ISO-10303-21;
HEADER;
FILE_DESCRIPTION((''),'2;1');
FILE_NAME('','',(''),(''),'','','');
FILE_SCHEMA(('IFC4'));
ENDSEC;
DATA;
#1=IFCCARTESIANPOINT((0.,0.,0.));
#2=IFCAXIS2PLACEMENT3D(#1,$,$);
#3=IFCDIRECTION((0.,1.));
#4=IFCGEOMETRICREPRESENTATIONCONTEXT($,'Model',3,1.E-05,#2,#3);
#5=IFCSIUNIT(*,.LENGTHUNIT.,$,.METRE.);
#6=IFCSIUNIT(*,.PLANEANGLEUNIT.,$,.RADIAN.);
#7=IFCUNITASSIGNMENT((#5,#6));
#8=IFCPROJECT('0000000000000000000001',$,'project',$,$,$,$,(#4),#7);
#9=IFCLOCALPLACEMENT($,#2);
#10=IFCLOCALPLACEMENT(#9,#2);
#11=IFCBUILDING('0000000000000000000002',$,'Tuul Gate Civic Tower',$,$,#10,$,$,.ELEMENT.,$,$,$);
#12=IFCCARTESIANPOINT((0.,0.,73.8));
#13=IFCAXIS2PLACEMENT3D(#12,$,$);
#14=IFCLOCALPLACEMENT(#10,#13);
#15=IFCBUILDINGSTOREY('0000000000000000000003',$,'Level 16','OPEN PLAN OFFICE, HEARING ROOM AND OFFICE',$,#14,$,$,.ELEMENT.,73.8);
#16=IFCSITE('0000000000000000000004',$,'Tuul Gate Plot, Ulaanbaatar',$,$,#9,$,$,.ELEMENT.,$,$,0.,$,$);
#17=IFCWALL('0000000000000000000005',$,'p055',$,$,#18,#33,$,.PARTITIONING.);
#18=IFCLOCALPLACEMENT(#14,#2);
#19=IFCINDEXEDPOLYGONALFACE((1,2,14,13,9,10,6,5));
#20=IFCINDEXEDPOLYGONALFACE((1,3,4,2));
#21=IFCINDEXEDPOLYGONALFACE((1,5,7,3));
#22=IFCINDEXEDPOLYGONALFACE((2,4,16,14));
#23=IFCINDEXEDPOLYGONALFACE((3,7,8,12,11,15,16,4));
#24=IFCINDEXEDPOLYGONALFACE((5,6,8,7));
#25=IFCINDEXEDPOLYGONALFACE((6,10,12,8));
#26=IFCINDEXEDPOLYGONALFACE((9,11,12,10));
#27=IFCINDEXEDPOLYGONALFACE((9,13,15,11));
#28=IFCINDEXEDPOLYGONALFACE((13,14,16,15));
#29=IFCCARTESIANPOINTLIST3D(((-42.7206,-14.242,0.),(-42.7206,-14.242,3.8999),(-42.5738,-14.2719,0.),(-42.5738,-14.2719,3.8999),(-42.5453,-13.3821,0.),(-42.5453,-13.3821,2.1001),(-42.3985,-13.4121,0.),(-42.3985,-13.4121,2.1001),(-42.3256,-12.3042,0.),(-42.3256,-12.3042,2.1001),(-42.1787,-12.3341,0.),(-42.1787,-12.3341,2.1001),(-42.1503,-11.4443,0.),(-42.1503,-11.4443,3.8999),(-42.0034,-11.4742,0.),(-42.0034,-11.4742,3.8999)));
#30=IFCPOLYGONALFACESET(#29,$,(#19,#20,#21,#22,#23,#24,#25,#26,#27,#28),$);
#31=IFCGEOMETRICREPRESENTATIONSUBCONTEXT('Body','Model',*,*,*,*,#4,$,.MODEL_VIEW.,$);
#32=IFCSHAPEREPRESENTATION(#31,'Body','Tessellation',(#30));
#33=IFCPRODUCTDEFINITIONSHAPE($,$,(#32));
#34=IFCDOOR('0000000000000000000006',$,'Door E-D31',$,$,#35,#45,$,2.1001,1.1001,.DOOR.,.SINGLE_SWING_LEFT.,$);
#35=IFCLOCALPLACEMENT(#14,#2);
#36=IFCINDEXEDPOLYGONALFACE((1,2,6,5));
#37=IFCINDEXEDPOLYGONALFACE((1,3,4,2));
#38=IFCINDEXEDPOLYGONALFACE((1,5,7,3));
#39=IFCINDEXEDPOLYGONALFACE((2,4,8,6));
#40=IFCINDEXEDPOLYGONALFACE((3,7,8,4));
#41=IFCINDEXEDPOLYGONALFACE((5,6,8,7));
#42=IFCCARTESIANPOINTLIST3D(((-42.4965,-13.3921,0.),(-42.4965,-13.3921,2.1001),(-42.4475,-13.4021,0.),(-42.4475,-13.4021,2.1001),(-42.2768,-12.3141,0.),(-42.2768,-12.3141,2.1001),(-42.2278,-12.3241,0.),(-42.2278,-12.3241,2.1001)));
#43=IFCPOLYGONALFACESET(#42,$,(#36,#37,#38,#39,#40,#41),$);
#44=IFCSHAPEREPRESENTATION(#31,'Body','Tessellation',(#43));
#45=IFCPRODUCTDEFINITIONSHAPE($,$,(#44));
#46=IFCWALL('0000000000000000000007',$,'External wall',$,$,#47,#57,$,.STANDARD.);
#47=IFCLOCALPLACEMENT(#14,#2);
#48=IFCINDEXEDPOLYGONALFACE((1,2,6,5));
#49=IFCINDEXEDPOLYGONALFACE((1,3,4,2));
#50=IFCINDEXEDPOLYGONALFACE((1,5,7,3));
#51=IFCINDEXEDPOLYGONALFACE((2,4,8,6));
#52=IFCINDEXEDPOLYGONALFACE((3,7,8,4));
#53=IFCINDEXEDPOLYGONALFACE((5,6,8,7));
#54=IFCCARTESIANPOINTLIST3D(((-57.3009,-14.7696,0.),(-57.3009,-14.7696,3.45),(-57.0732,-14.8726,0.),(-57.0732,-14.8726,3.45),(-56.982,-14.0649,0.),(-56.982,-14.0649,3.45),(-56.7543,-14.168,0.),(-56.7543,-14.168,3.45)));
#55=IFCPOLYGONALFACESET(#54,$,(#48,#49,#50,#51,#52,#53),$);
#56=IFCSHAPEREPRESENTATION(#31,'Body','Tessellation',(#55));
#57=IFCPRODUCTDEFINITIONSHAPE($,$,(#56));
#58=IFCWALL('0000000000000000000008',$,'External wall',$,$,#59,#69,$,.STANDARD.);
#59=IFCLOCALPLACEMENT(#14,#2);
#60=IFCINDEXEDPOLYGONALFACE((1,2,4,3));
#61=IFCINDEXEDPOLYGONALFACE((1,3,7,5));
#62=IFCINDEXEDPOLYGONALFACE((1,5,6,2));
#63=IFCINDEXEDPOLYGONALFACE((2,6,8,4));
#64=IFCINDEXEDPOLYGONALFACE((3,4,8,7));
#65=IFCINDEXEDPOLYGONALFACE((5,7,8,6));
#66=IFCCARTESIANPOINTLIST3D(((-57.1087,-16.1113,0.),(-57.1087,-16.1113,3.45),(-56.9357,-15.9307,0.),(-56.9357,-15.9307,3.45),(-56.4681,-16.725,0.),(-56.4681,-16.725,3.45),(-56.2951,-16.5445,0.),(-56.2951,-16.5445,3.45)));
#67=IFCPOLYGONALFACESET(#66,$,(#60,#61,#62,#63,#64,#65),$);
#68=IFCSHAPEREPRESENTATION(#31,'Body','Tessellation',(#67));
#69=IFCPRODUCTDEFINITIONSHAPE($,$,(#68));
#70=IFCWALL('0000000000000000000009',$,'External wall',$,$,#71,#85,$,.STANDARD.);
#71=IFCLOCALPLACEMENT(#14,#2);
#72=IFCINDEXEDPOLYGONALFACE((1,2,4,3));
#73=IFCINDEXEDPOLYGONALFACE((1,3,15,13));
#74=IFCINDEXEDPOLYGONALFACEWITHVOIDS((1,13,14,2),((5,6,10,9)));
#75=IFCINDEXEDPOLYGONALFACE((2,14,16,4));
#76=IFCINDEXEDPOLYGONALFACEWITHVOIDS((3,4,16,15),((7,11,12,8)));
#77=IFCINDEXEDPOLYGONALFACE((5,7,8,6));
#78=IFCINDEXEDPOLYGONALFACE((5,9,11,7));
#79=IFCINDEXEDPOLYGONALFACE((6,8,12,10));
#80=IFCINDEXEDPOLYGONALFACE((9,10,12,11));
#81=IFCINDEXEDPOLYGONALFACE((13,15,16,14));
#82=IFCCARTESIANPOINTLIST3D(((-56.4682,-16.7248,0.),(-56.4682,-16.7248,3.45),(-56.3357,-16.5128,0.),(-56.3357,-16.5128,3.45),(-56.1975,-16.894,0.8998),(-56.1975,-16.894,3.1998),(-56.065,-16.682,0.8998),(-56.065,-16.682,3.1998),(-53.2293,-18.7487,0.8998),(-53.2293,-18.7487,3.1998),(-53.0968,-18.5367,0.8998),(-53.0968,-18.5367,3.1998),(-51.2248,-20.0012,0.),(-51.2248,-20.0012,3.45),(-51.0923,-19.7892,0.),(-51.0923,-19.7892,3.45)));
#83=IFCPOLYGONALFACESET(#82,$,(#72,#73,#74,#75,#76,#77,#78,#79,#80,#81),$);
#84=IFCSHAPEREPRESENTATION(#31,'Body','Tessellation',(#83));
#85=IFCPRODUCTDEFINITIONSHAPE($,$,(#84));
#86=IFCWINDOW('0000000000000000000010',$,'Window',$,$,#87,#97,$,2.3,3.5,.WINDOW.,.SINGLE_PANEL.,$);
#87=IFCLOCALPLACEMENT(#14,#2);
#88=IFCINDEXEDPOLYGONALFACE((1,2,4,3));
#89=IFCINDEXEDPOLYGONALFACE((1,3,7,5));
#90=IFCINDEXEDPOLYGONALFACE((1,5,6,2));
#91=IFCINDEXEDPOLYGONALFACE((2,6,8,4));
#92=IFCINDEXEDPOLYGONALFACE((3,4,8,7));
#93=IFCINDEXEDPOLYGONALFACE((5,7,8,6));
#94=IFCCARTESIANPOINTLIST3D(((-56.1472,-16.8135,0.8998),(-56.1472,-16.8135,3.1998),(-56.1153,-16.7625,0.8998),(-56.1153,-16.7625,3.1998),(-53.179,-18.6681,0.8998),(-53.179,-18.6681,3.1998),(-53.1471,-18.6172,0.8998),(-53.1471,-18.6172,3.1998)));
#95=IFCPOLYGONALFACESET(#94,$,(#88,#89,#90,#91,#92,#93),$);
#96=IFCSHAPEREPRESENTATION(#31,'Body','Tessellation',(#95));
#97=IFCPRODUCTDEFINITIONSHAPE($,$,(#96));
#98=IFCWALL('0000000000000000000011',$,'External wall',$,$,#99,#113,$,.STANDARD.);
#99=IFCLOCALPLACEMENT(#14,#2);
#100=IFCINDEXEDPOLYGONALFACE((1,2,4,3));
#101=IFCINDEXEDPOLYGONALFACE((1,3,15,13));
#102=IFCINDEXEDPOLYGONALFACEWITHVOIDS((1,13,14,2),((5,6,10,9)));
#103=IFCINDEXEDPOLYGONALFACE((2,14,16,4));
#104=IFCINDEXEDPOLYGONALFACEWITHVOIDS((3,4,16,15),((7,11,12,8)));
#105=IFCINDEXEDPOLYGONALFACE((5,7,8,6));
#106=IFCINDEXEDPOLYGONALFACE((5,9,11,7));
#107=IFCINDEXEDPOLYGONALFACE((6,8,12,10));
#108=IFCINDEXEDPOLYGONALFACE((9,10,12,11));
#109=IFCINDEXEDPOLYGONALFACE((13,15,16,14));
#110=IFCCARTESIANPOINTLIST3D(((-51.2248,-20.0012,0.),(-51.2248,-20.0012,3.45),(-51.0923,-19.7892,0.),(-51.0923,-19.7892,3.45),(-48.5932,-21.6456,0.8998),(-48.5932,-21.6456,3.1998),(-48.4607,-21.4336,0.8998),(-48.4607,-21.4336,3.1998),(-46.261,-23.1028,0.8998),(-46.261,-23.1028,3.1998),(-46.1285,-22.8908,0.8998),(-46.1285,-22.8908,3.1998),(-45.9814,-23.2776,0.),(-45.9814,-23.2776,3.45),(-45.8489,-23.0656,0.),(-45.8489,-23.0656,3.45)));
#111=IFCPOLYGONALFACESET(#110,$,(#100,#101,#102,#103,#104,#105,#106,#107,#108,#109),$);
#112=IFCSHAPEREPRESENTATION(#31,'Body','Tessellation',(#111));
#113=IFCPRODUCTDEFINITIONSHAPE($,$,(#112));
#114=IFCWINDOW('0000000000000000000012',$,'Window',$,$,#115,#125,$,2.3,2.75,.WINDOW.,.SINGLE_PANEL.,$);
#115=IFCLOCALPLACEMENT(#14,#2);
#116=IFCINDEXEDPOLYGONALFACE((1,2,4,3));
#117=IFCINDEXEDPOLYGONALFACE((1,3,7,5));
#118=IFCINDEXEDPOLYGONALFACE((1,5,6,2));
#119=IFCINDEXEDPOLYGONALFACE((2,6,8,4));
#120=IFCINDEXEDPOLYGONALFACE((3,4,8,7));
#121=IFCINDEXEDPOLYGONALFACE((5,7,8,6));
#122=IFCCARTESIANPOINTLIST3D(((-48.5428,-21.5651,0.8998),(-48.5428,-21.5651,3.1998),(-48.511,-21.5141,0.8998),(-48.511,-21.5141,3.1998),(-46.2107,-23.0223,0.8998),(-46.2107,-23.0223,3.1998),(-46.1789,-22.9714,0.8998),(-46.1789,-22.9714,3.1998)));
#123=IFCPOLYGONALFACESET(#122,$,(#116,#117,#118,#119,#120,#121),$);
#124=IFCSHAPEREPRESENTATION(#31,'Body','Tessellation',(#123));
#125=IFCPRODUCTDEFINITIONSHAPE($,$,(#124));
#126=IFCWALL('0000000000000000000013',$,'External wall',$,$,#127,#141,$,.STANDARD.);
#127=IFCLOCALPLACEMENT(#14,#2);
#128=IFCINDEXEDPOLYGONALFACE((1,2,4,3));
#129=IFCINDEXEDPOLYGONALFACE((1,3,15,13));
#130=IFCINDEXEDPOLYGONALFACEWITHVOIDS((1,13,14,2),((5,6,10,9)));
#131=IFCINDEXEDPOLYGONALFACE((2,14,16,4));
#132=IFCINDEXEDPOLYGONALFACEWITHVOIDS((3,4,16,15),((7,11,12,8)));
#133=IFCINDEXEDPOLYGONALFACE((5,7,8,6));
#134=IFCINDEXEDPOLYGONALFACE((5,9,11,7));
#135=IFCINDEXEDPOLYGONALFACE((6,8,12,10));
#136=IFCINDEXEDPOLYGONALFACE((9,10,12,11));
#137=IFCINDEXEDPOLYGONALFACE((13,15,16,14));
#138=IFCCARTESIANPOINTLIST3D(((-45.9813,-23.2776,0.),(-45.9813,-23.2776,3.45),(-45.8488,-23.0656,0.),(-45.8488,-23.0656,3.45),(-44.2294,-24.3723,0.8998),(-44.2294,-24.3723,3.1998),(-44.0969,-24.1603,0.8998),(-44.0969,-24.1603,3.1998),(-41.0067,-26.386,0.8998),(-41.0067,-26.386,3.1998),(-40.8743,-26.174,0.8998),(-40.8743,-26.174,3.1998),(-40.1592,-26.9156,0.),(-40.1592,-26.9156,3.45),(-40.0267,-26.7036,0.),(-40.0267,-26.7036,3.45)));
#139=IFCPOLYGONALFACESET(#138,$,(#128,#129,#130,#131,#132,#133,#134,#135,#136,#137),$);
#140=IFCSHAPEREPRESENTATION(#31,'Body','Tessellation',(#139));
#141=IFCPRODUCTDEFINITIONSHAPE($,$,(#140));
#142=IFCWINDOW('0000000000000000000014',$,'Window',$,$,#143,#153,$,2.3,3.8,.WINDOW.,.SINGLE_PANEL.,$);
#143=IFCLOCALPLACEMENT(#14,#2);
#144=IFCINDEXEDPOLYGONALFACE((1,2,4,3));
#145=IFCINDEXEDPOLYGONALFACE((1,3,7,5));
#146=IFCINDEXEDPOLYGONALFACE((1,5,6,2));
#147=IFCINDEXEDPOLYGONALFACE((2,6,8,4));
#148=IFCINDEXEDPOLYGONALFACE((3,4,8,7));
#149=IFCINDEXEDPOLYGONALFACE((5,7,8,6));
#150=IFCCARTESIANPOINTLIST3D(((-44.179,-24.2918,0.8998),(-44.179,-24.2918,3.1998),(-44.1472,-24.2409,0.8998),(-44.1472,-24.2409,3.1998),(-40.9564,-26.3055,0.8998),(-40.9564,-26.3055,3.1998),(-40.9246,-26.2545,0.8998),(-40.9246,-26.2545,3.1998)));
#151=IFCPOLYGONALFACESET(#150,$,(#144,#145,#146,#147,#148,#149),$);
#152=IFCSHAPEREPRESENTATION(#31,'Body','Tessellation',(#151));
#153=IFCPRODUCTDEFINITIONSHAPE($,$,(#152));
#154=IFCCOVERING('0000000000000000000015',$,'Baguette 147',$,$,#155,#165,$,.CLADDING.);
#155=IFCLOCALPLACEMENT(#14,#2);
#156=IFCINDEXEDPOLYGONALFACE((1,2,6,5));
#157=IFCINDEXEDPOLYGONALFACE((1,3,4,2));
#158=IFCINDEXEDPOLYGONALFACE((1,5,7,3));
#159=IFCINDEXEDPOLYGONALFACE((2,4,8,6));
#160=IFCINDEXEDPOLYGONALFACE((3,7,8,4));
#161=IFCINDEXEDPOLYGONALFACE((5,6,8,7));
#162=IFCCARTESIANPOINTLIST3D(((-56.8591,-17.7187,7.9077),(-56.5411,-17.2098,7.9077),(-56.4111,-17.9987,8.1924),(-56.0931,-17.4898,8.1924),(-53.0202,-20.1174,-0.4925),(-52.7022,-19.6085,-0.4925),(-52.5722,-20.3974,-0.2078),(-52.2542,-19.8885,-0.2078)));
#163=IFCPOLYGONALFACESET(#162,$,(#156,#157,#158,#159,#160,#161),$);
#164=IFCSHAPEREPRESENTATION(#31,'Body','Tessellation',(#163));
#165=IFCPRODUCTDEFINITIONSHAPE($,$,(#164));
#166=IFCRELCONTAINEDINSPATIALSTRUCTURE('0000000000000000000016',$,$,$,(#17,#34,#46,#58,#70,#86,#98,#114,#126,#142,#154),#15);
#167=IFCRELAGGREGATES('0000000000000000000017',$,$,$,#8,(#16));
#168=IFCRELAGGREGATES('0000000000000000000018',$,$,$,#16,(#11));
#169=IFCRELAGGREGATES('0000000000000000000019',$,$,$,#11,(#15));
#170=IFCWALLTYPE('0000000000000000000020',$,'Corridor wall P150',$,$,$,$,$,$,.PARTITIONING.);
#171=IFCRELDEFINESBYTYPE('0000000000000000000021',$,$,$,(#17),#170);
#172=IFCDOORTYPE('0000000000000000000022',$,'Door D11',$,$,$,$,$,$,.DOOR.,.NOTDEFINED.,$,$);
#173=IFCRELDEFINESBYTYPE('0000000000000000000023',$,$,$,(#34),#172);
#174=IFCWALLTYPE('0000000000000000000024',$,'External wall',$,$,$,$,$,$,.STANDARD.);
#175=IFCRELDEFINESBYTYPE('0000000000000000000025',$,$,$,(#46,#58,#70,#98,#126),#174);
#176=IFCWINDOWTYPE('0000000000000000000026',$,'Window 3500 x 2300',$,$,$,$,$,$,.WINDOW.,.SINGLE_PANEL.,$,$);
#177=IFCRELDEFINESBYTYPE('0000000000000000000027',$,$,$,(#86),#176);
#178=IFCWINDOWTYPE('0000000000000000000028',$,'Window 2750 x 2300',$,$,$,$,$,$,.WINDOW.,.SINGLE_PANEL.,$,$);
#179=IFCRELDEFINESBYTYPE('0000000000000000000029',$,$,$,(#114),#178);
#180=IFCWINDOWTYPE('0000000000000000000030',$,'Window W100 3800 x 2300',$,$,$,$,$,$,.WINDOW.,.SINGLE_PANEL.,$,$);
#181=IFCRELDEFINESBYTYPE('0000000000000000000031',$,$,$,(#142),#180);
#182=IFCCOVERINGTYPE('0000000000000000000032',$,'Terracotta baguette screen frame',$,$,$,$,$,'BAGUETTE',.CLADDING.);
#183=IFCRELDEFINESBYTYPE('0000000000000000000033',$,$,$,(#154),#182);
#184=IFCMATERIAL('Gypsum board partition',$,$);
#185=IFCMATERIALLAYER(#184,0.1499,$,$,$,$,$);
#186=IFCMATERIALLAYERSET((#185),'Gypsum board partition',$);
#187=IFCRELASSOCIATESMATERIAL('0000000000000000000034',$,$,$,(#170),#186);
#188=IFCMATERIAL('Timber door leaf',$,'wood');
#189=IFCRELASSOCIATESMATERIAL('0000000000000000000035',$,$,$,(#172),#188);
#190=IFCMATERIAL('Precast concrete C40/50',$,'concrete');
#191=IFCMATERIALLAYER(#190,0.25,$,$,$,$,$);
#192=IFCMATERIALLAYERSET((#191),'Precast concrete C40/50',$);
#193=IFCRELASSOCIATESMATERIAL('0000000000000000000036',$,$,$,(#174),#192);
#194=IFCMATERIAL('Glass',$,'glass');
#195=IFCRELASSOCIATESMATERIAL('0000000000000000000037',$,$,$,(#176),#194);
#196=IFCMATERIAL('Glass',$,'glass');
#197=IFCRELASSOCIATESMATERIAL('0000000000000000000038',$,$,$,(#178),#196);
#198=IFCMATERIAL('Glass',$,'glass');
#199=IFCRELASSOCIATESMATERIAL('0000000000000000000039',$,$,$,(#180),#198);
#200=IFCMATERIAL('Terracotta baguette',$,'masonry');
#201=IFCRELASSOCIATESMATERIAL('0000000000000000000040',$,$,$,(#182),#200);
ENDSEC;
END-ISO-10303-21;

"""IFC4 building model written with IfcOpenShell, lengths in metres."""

from ifc_helpers import new_model, si_unit, direction, frame, frame_2d, origin, origin_2d, place, context, subcontext, project, spatial, rectangle, extrude, material, layer, layer_set, material_profile, profile_set, type_object, element, fill, save


model = new_model("IFC4")

# Units and contexts
model_context = context("Model", 3, precision=1e-05, world=origin(), true_north=direction((0.0, 1.0)))
body_context = subcontext(model_context, "Body", "Model", "MODEL_VIEW")
ifc_project = project(units=[si_unit("LENGTHUNIT", "METRE"), si_unit("PLANEANGLEUNIT", "RADIAN")], contexts=[model_context])

# Site, building, storey
site_placement = place(None, origin())
site = spatial("IfcSite", under=ifc_project, at=site_placement, Name="Tuul Gate Plot, Ulaanbaatar", CompositionType="ELEMENT", RefElevation=0.0)
building_placement = place(site_placement, origin())
building = spatial("IfcBuilding", under=site, at=building_placement, Name="Tuul Gate Civic Tower", CompositionType="ELEMENT")
storey_placement = place(building_placement, frame((0.0, 0.0, 73.8)))
storey = spatial("IfcBuildingStorey", under=building, at=storey_placement, Name="Level 16", Description="OPEN PLAN OFFICE, HEARING ROOM AND OFFICE", CompositionType="ELEMENT", Elevation=73.8)

# Shared definitions
ifc_material_1 = material(Name="Gypsum board partition")
ifc_layer_1 = layer(ifc_material_1, 0.1499)
ifc_layer_set_1 = layer_set([ifc_layer_1], Name="Gypsum board partition")
wall_type_1 = type_object("IfcWallType", Name="Corridor wall P150", PredefinedType="PARTITIONING", material=ifc_layer_set_1)

# Wall, opening, door
wall_1_placement = place(storey_placement, frame((-42.6472, -14.2571, 0.0), z_axis=(0.0, 0.0, 1.0), x_axis=(0.199749, 0.979847, 0.0)))
wall_1 = element("IfcWall", 1, at=wall_1_placement, inside=storey, type_object=wall_type_1, Name="p055", PredefinedType="PARTITIONING", context=body_context, shape_type="SweptSolid", body=[
    extrude(rectangle(XDim=2.8552, YDim=0.1499, at=frame_2d((1.4277, 0.0))), origin(), (0.0, 0.0, 1.0), 3.8999),
])
opening_1_placement = place(wall_1_placement, frame((0.8777, 0.0, 0.0)))
opening_1 = element("IfcOpeningElement", 2, at=opening_1_placement, cuts=wall_1, PredefinedType="OPENING", context=body_context, shape_type="SweptSolid", body=[
    extrude(rectangle(XDim=1.1001, YDim=2.1001, at=frame_2d((0.55, 1.05))), frame((0.0, 0.085, 0.0), z_axis=(0.0, -1.0, 0.0), x_axis=(1.0, 0.0, 0.0)), (0.0, 0.0, 1.0), 0.1699),
])
ifc_material_2 = material(Name="Timber door leaf", Category="wood")
door_type = type_object("IfcDoorType", Name="Door D11", OperationType="NOTDEFINED", PredefinedType="DOOR", material=ifc_material_2)
door_placement = place(opening_1_placement, frame((1.1001, 0.0, 0.0), z_axis=(0.0, 0.0, 1.0), x_axis=(-1.0, 0.0, 0.0)))
door = element("IfcDoor", 3, at=door_placement, inside=storey, type_object=door_type, Name="Door E-D31", OperationType="SINGLE_SWING_LEFT", OverallHeight=2.1001, OverallWidth=1.1001, PredefinedType="DOOR", context=body_context, shape_type="SweptSolid", body=[
    extrude(rectangle(XDim=1.1001, YDim=2.1001, at=frame_2d((0.55, 1.05))), frame((0.0, 0.0249, 0.0), z_axis=(0.0, -1.0, 0.0), x_axis=(1.0, 0.0, 0.0)), (0.0, 0.0, 1.0), 0.05),
])
fill(opening_1, door)

# Walls
ifc_material_3 = material(Name="Precast concrete C40/50", Category="concrete")
ifc_layer_2 = layer(ifc_material_3, 0.25)
ifc_layer_set_2 = layer_set([ifc_layer_2], Name="Precast concrete C40/50")
wall_type_2 = type_object("IfcWallType", Name="External wall", PredefinedType="STANDARD", material=ifc_layer_set_2)
wall_2_placement = place(storey_placement, frame((-56.8682, -14.1165, 0.0), z_axis=(0.0, 0.0, 1.0), x_axis=(-0.41228, -0.911057, 0.0)))
element("IfcWall", 4, at=wall_2_placement, inside=storey, type_object=wall_type_2, Name="External wall", PredefinedType="STANDARD", context=body_context, shape_type="SweptSolid", body=[
    extrude(rectangle(XDim=0.7734, YDim=0.25, at=frame_2d((0.3867, 0.0))), origin(), (0.0, 0.0, 1.0), 3.45),
])
wall_3_placement = place(storey_placement, frame((-57.0222, -16.021, 0.0), z_axis=(0.0, 0.0, 1.0), x_axis=(0.72208, -0.69181, 0.0)))
element("IfcWall", 5, at=wall_3_placement, inside=storey, type_object=wall_type_2, Name="External wall", PredefinedType="STANDARD", context=body_context, shape_type="SweptSolid", body=[
    extrude(rectangle(XDim=0.8872, YDim=0.25, at=frame_2d((0.4436, 0.0))), origin(), (0.0, 0.0, 1.0), 3.45),
])

# Walls, openings, windows
wall_4_placement = place(storey_placement, frame((-56.4019, -16.6189, 0.0), z_axis=(0.0, 0.0, 1.0), x_axis=(0.848054, -0.52991, 0.0)))
wall_4 = element("IfcWall", 6, at=wall_4_placement, inside=storey, type_object=wall_type_2, Name="External wall", PredefinedType="STANDARD", context=body_context, shape_type="SweptSolid", body=[
    extrude(rectangle(XDim=6.1829, YDim=0.25, at=frame_2d((3.0913, 0.0))), origin(), (0.0, 0.0, 1.0), 3.45),
])
opening_2_placement = place(wall_4_placement, frame((0.3191, 0.0, 0.8999)))
opening_2 = element("IfcOpeningElement", 7, at=opening_2_placement, cuts=wall_4, PredefinedType="OPENING", context=body_context, shape_type="SweptSolid", body=[
    extrude(rectangle(XDim=3.5, YDim=2.3, at=frame_2d((1.75, 1.1499))), frame((0.0, 0.135, 0.0), z_axis=(0.0, -1.0, 0.0), x_axis=(1.0, 0.0, 0.0)), (0.0, 0.0, 1.0), 0.27),
])
ifc_material_4 = material(Name="Glass", Category="glass")
window_type_1 = type_object("IfcWindowType", Name="Window 3500 x 2300", PartitioningType="SINGLE_PANEL", PredefinedType="WINDOW", material=ifc_material_4)
window_1_placement = place(opening_2_placement, origin())
window_1 = element("IfcWindow", 8, at=window_1_placement, inside=storey, type_object=window_type_1, Name="Window", OverallHeight=2.3, OverallWidth=3.5, PartitioningType="SINGLE_PANEL", PredefinedType="WINDOW", context=body_context, shape_type="SweptSolid", body=[
    extrude(rectangle(XDim=3.5, YDim=2.3, at=frame_2d((1.75, 1.1499))), frame((0.0, 0.03, 0.0), z_axis=(0.0, -1.0, 0.0), x_axis=(1.0, 0.0, 0.0)), (0.0, 0.0, 1.0), 0.0601),
])
fill(opening_2, window_1)
wall_5_placement = place(storey_placement, frame((-51.1584, -19.8953, 0.0), z_axis=(0.0, 0.0, 1.0), x_axis=(0.848054, -0.52991, 0.0)))
wall_5 = element("IfcWall", 9, at=wall_5_placement, inside=storey, type_object=wall_type_2, Name="External wall", PredefinedType="STANDARD", context=body_context, shape_type="SweptSolid", body=[
    extrude(rectangle(XDim=6.1829, YDim=0.25, at=frame_2d((3.0913, 0.0))), origin(), (0.0, 0.0, 1.0), 3.45),
])
opening_3_placement = place(wall_5_placement, frame((3.103, 0.0, 0.8999)))
opening_3 = element("IfcOpeningElement", 10, at=opening_3_placement, cuts=wall_5, PredefinedType="OPENING", context=body_context, shape_type="SweptSolid", body=[
    extrude(rectangle(XDim=2.75, YDim=2.3, at=frame_2d((1.375, 1.1499))), frame((0.0, 0.135, 0.0), z_axis=(0.0, -1.0, 0.0), x_axis=(1.0, 0.0, 0.0)), (0.0, 0.0, 1.0), 0.27),
])
ifc_material_5 = material(Name="Glass", Category="glass")
window_type_2 = type_object("IfcWindowType", Name="Window 2750 x 2300", PartitioningType="SINGLE_PANEL", PredefinedType="WINDOW", material=ifc_material_5)
window_2_placement = place(opening_3_placement, origin())
window_2 = element("IfcWindow", 11, at=window_2_placement, inside=storey, type_object=window_type_2, Name="Window", OverallHeight=2.3, OverallWidth=2.75, PartitioningType="SINGLE_PANEL", PredefinedType="WINDOW", context=body_context, shape_type="SweptSolid", body=[
    extrude(rectangle(XDim=2.75, YDim=2.3, at=frame_2d((1.375, 1.1499))), frame((0.0, 0.03, 0.0), z_axis=(0.0, -1.0, 0.0), x_axis=(1.0, 0.0, 0.0)), (0.0, 0.0, 1.0), 0.0601),
])
fill(opening_3, window_2)
wall_6_placement = place(storey_placement, frame((-45.915, -23.1716, 0.0), z_axis=(0.0, 0.0, 1.0), x_axis=(0.848052, -0.529913, 0.0)))
wall_6 = element("IfcWall", 12, at=wall_6_placement, inside=storey, type_object=wall_type_2, Name="External wall", PredefinedType="STANDARD", context=body_context, shape_type="SweptSolid", body=[
    extrude(rectangle(XDim=6.8652, YDim=0.25, at=frame_2d((3.4326, 0.0))), origin(), (0.0, 0.0, 1.0), 3.45),
])
opening_4_placement = place(wall_6_placement, frame((2.0659, 0.0, 0.8999)))
opening_4 = element("IfcOpeningElement", 13, at=opening_4_placement, cuts=wall_6, PredefinedType="OPENING", context=body_context, shape_type="SweptSolid", body=[
    extrude(rectangle(XDim=3.8, YDim=2.3, at=frame_2d((1.8999, 1.1499))), frame((0.0, 0.135, 0.0), z_axis=(0.0, -1.0, 0.0), x_axis=(1.0, 0.0, 0.0)), (0.0, 0.0, 1.0), 0.27),
])
ifc_material_6 = material(Name="Glass", Category="glass")
window_type_3 = type_object("IfcWindowType", Name="Window W100 3800 x 2300", PartitioningType="SINGLE_PANEL", PredefinedType="WINDOW", material=ifc_material_6)
window_3_placement = place(opening_4_placement, origin())
window_3 = element("IfcWindow", 14, at=window_3_placement, inside=storey, type_object=window_type_3, Name="Window", OverallHeight=2.3, OverallWidth=3.8, PartitioningType="SINGLE_PANEL", PredefinedType="WINDOW", context=body_context, shape_type="SweptSolid", body=[
    extrude(rectangle(XDim=3.8, YDim=2.3, at=frame_2d((1.8999, 1.1499))), frame((0.0, 0.03, 0.0), z_axis=(0.0, -1.0, 0.0), x_axis=(1.0, 0.0, 0.0)), (0.0, 0.0, 1.0), 0.0601),
])
fill(opening_4, window_3)

# Covering
ifc_material_7 = material(Name="Terracotta baguette", Category="masonry")
ifc_material_profile_1 = material_profile(ifc_material_7, rectangle(XDim=0.6001, YDim=0.6001, at=origin_2d()), Name="Terracotta baguette screen frame")
ifc_profile_set_1 = profile_set([ifc_material_profile_1], Name="Terracotta baguette")
covering_type = type_object("IfcCoveringType", Name="Terracotta baguette screen frame", ElementType="BAGUETTE", PredefinedType="CLADDING", material=ifc_profile_set_1)
for number, where, z_axis, x_axis, name in (
    (15, (-56.4761, -17.6042, 8.05), (0.402305, -0.251377, -0.880318), (0.529902, 0.848059, 0.0), "Baguette 147"),
):
    element("IfcCovering", number, at=place(storey_placement, frame(where, z_axis=z_axis, x_axis=x_axis)), inside=storey, type_object=covering_type, Name=name, PredefinedType="CLADDING", context=body_context, shape_type="SweptSolid", body=[
        extrude(rectangle(XDim=0.6001, YDim=0.6001, at=origin_2d()), origin(), (0.0, 0.0, 1.0), 9.5422),
    ])

save(model, "model.ifc")
